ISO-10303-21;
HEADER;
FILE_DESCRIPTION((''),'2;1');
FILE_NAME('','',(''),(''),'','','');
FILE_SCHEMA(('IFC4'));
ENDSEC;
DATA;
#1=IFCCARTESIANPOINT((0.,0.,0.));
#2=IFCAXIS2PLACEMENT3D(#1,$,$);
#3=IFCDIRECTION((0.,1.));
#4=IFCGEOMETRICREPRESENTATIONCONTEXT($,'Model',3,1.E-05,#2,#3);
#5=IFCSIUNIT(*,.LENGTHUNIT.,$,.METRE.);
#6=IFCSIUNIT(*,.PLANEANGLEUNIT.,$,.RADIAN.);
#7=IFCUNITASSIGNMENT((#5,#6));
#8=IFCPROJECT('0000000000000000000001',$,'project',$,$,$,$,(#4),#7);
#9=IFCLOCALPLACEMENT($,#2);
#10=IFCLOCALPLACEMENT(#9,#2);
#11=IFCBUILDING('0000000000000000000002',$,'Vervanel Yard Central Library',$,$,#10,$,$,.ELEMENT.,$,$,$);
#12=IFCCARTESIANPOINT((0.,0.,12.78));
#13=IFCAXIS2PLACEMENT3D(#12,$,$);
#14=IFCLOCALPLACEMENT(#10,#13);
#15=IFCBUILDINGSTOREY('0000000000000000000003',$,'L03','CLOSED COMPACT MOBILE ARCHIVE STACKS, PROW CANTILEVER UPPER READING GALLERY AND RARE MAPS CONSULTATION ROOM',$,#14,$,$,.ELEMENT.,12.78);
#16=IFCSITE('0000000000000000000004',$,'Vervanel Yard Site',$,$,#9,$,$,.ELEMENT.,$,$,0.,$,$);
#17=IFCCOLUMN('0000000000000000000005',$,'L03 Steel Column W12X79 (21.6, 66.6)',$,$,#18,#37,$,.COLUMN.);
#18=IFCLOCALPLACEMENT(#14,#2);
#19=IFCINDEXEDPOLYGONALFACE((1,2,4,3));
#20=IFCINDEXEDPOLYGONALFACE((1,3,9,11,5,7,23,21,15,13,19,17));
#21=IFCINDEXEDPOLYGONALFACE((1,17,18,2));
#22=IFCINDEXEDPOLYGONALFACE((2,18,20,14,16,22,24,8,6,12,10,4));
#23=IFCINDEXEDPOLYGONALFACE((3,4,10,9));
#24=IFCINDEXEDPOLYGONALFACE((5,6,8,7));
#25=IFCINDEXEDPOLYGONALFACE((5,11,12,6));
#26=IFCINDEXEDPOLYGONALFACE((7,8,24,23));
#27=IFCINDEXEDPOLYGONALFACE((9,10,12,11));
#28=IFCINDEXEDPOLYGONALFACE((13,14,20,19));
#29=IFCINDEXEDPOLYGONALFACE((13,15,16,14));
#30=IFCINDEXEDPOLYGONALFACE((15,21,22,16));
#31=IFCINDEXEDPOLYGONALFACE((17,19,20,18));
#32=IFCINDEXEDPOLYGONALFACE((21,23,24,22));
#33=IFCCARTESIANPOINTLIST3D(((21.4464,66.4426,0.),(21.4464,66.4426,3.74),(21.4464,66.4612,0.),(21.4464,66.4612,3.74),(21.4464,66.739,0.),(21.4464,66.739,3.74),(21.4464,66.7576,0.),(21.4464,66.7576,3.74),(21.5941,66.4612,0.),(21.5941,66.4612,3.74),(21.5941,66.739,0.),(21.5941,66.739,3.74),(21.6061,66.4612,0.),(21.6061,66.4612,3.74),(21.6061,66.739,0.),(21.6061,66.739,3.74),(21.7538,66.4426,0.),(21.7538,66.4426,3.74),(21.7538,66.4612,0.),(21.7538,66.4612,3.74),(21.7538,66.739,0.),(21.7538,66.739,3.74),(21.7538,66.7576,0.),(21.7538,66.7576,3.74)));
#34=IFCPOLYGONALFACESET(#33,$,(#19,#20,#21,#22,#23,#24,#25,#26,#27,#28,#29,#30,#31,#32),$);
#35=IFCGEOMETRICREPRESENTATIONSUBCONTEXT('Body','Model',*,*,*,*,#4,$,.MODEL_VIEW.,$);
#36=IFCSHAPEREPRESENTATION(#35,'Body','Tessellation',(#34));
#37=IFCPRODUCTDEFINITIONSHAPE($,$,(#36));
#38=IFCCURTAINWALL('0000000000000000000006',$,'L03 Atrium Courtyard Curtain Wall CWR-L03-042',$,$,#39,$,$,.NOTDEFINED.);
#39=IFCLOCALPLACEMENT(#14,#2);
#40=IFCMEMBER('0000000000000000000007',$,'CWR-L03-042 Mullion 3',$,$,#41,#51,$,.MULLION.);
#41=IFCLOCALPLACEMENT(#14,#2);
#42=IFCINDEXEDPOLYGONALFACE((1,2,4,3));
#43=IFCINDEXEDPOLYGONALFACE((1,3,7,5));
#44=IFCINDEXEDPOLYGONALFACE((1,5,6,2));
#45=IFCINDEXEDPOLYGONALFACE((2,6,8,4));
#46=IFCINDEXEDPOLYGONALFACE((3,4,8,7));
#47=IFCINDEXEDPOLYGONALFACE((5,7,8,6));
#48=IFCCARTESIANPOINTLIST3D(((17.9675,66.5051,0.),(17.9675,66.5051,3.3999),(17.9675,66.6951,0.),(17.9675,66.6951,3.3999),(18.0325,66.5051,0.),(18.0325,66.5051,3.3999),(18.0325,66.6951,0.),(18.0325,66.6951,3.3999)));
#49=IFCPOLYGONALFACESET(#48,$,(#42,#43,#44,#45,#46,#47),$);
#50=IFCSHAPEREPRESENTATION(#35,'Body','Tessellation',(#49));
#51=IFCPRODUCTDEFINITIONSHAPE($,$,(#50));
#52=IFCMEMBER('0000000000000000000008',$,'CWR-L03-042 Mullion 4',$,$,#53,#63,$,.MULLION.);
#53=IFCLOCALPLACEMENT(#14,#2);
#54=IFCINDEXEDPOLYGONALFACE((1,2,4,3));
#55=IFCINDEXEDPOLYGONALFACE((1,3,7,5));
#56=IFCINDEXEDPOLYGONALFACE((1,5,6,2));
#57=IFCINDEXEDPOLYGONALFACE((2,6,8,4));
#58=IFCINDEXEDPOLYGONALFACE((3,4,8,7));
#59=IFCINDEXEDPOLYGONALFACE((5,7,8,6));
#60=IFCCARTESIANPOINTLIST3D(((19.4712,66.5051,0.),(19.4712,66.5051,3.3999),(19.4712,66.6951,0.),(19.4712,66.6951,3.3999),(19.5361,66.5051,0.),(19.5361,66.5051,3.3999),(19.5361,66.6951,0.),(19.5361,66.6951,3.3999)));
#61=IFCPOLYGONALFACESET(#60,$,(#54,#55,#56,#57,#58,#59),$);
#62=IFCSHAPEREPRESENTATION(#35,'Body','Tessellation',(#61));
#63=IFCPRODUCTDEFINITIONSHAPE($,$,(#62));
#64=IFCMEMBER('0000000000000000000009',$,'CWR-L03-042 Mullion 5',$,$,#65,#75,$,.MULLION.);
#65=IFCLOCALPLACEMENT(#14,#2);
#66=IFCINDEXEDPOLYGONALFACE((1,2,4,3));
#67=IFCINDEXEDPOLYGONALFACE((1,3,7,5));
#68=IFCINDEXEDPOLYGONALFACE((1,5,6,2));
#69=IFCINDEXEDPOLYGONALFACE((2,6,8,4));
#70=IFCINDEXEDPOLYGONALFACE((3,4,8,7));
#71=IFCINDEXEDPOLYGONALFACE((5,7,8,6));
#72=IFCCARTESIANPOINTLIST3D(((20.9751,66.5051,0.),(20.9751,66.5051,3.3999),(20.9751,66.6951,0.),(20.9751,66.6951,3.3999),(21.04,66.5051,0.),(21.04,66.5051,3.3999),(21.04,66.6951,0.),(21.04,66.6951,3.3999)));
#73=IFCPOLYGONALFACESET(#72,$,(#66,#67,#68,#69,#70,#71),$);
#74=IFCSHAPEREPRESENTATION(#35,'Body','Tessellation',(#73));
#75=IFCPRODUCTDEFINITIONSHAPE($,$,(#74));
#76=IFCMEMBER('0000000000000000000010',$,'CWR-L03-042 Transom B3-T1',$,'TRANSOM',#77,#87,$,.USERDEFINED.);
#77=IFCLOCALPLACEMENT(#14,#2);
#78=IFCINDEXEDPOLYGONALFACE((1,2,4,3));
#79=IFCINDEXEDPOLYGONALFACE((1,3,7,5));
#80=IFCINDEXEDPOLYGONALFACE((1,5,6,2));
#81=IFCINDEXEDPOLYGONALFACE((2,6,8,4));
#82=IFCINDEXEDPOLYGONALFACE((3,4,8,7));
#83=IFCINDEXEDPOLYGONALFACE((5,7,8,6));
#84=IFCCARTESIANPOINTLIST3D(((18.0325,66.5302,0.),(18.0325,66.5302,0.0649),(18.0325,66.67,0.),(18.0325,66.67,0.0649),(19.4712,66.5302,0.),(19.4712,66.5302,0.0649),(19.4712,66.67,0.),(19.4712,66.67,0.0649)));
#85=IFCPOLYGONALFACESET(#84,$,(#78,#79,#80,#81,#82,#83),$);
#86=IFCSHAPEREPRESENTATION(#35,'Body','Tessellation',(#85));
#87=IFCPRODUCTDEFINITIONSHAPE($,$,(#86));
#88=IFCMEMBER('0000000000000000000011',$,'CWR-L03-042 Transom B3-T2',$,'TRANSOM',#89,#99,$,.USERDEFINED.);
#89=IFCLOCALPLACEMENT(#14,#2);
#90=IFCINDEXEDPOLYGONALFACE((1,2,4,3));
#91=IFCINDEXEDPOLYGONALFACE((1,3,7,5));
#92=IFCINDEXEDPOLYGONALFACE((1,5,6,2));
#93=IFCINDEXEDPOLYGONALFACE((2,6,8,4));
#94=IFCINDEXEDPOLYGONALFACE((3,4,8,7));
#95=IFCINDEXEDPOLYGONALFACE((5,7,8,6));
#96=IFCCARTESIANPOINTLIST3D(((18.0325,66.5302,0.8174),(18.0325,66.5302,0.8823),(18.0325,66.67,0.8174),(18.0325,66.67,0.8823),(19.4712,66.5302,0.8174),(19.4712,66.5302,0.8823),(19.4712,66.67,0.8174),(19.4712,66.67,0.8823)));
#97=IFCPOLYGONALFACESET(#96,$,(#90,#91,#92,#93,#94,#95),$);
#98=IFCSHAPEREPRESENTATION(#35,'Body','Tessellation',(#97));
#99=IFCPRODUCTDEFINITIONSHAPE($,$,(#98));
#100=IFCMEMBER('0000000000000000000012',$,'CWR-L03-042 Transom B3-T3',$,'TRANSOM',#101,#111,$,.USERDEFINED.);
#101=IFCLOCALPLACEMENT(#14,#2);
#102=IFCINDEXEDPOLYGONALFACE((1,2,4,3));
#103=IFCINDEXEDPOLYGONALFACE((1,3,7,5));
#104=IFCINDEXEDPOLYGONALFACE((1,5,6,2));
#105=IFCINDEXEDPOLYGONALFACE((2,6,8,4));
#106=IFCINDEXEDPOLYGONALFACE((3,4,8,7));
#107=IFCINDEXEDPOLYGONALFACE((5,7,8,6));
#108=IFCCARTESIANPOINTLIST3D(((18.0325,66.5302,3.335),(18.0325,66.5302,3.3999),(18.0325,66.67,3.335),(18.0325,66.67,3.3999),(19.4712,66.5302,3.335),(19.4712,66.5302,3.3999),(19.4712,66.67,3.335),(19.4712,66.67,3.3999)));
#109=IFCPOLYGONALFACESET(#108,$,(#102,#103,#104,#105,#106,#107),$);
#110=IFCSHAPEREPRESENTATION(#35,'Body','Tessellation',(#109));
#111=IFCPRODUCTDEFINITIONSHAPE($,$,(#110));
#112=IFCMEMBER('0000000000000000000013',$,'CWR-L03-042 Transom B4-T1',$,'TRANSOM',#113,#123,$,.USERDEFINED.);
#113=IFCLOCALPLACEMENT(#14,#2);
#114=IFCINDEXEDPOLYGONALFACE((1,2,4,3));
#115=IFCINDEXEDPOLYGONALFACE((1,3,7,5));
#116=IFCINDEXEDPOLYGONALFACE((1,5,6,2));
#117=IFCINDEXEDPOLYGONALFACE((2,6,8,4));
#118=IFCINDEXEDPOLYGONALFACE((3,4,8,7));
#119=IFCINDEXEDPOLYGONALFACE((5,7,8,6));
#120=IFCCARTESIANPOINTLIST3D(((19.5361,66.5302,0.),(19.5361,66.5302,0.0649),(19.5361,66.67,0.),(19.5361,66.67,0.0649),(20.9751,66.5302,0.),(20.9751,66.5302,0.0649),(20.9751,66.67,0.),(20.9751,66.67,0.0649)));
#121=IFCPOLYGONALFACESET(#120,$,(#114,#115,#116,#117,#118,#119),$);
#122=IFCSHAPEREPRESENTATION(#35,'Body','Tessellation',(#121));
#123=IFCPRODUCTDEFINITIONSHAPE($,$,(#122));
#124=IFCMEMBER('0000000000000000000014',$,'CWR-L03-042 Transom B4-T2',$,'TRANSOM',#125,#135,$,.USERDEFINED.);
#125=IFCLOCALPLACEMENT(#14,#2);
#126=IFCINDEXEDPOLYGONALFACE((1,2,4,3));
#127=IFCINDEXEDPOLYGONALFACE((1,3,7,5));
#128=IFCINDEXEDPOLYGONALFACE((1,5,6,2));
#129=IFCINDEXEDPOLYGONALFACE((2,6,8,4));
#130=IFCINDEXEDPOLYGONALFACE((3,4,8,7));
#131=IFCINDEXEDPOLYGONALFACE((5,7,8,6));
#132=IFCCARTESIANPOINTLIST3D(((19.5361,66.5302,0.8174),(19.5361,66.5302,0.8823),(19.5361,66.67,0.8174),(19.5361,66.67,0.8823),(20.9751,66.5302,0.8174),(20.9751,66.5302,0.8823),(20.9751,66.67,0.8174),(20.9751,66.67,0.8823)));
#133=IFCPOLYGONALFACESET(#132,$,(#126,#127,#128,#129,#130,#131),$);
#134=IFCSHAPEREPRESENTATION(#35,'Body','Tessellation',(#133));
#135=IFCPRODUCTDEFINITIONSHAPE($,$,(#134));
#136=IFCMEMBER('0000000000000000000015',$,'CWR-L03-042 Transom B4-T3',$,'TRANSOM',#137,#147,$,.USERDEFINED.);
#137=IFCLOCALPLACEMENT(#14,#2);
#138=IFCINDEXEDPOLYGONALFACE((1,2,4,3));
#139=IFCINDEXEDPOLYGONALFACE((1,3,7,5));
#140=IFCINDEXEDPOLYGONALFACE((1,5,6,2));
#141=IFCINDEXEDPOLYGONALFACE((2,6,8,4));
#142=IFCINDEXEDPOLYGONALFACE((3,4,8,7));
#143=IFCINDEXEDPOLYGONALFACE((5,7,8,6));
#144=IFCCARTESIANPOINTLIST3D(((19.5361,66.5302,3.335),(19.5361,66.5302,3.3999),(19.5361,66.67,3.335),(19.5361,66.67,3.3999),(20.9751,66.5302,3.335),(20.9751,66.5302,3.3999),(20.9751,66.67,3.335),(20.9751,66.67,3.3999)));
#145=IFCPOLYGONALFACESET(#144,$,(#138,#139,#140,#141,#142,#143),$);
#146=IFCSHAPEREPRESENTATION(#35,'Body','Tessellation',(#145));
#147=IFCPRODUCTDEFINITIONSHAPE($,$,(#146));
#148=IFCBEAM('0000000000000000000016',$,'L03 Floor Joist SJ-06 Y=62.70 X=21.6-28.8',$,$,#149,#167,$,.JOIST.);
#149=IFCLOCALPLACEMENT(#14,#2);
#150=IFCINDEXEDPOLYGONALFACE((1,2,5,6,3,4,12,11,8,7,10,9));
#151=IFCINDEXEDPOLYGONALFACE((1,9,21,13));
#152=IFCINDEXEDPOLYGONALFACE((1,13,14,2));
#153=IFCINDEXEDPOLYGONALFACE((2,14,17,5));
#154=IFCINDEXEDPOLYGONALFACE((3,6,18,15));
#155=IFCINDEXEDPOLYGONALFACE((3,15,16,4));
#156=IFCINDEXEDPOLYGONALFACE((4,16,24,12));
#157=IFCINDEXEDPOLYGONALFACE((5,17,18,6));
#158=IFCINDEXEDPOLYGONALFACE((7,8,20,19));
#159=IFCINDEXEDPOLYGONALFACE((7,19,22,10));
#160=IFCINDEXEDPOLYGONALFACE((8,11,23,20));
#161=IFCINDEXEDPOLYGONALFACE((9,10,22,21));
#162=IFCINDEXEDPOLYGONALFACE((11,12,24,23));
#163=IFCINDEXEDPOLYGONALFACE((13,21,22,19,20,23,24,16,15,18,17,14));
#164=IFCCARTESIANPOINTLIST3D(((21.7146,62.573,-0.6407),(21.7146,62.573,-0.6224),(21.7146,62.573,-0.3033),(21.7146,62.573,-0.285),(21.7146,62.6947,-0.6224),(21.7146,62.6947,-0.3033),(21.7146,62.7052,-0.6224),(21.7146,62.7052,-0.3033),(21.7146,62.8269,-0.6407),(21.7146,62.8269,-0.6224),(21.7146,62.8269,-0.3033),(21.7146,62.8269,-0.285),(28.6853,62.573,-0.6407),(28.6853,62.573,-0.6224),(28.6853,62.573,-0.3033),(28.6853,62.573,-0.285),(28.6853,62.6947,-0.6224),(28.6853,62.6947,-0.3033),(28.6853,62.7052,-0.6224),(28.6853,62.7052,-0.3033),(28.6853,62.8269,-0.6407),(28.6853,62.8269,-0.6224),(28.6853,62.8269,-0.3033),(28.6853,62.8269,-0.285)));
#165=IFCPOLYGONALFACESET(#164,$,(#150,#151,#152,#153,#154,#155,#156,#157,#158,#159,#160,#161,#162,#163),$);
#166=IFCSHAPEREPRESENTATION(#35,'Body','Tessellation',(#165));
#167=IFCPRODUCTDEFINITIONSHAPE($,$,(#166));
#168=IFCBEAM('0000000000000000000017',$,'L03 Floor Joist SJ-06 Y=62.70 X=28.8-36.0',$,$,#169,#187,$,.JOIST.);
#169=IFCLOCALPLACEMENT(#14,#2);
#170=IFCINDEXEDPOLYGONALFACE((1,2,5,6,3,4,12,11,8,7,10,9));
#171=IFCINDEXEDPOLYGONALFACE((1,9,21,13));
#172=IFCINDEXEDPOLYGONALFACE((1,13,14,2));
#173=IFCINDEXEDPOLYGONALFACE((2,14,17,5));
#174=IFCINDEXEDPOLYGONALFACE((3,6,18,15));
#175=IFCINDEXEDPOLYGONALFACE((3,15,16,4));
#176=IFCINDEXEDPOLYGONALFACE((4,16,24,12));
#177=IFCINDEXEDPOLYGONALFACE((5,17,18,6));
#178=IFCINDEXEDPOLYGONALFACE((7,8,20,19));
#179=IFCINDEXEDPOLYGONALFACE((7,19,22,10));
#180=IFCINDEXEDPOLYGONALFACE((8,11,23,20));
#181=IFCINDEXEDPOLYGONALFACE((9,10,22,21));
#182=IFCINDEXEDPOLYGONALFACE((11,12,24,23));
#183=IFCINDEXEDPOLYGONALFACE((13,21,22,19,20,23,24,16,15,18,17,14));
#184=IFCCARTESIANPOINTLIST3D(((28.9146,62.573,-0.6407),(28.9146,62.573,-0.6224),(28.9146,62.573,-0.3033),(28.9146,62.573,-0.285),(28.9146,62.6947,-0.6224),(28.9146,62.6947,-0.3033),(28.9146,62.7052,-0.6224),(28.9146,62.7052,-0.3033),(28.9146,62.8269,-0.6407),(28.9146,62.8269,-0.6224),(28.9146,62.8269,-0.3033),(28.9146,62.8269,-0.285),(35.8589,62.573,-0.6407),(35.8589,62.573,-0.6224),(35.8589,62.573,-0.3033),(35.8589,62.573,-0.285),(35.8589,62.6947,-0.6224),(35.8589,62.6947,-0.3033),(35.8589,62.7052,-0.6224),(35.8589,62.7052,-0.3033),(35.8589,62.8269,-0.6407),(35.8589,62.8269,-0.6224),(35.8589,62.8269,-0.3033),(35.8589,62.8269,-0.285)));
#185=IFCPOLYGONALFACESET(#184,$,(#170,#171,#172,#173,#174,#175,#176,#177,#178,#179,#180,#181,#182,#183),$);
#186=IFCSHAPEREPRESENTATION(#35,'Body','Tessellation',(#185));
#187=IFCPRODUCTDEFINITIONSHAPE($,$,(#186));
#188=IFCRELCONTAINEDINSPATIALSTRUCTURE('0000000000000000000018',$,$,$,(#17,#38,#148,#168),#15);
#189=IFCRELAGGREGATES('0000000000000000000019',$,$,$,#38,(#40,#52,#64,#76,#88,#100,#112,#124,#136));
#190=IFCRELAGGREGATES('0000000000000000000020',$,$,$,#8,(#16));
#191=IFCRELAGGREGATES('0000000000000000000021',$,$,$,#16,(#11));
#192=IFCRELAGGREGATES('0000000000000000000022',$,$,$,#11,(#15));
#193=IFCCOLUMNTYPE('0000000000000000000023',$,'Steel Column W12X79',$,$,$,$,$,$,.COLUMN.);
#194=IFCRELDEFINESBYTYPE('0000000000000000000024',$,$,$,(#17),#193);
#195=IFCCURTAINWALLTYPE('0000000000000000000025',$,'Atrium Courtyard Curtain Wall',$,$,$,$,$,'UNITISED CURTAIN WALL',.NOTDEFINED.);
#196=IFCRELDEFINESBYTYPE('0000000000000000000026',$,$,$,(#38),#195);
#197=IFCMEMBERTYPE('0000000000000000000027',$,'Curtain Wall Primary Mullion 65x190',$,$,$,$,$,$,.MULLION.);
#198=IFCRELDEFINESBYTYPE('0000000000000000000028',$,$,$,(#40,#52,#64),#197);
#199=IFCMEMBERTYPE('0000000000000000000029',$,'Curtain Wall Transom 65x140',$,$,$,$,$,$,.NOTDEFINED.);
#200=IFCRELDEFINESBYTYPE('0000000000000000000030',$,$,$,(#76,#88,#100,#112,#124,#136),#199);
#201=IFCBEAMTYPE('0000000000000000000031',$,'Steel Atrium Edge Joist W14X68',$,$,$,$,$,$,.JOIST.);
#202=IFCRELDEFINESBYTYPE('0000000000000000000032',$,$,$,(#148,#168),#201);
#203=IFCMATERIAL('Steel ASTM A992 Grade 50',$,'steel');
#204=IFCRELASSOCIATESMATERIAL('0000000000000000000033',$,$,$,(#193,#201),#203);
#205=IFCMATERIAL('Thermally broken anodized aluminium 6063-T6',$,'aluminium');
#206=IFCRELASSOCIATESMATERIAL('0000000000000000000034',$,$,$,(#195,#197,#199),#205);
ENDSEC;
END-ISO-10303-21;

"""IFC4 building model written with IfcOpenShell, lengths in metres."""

from ifc_helpers import new_model, si_unit, direction, frame, origin, origin_2d, place, context, subcontext, project, spatial, rectangle, i_section, extrude, material, material_profile, profile_set, type_object, element, aggregate, save


model = new_model("IFC4")

# Units and contexts
model_context = context("Model", 3, precision=1e-05, world=origin(), true_north=direction((0.0, 1.0)))
body_context = subcontext(model_context, "Body", "Model", "MODEL_VIEW")
ifc_project = project(units=[si_unit("LENGTHUNIT", "METRE"), si_unit("PLANEANGLEUNIT", "RADIAN")], contexts=[model_context])

# Site, building, storey
site_placement = place(None, origin())
site = spatial("IfcSite", under=ifc_project, at=site_placement, Name="Vervanel Yard Site", CompositionType="ELEMENT", RefElevation=0.0)
building_placement = place(site_placement, origin())
building = spatial("IfcBuilding", under=site, at=building_placement, Name="Vervanel Yard Central Library", CompositionType="ELEMENT")
storey_placement = place(building_placement, frame((0.0, 0.0, 12.78)))
storey = spatial("IfcBuildingStorey", under=building, at=storey_placement, Name="L03", Description="CLOSED COMPACT MOBILE ARCHIVE STACKS, PROW CANTILEVER UPPER READING GALLERY AND RARE MAPS CONSULTATION ROOM", CompositionType="ELEMENT", Elevation=12.78)

# Column
ifc_material_1 = material(Name="Steel ASTM A992 Grade 50", Category="steel")
ifc_material_profile_1 = material_profile(ifc_material_1, i_section(OverallWidth=0.3074, OverallDepth=0.3149, WebThickness=0.012, FlangeThickness=0.0186, at=origin_2d()), Name="W12X79", Category="steel")
ifc_profile_set_1 = profile_set([ifc_material_profile_1], Name="Steel ASTM A992 Grade 50")
column_type = type_object("IfcColumnType", Name="Steel Column W12X79", PredefinedType="COLUMN", material=ifc_profile_set_1)
column_placement = place(storey_placement, frame((21.6001, 66.6001, 0.0), z_axis=(0.0, 0.0, 1.0), x_axis=(1.0, 0.0, 0.0)))
element("IfcColumn", 1, at=column_placement, inside=storey, type_object=column_type, Name="L03 Steel Column W12X79 (21.6, 66.6)", PredefinedType="COLUMN", context=body_context, shape_type="SweptSolid", body=[
    extrude(i_section(OverallWidth=0.3074, OverallDepth=0.3149, WebThickness=0.012, FlangeThickness=0.0186, at=origin_2d()), origin(), (0.0, 0.0, 1.0), 3.74),
])

# Curtain wall, members
ifc_material_2 = material(Name="Thermally broken anodized aluminium 6063-T6", Category="aluminium")
curtain_wall_type = type_object("IfcCurtainWallType", Name="Atrium Courtyard Curtain Wall", ElementType="UNITISED CURTAIN WALL", PredefinedType="NOTDEFINED", material=ifc_material_2)
curtain_wall_placement = place(storey_placement, origin())
curtain_wall = element("IfcCurtainWall", 2, at=curtain_wall_placement, inside=storey, type_object=curtain_wall_type, Name="L03 Atrium Courtyard Curtain Wall CWR-L03-042", PredefinedType="NOTDEFINED")
ifc_material_profile_2 = material_profile(ifc_material_2, rectangle(XDim=0.0649, YDim=0.1899, at=origin_2d()), Name="ALU 65x190", Category="aluminium")
ifc_profile_set_2 = profile_set([ifc_material_profile_2], Name="Thermally broken anodized aluminium 6063-T6")
member_type_1 = type_object("IfcMemberType", Name="Curtain Wall Primary Mullion 65x190", PredefinedType="MULLION", material=ifc_profile_set_2)
member_1_placement = place(storey_placement, frame((18.0, 66.6001, 0.0), z_axis=(0.0, 0.0, 1.0), x_axis=(1.0, 0.0, 0.0)))
member_1 = element("IfcMember", 3, at=member_1_placement, type_object=member_type_1, Name="CWR-L03-042 Mullion 3", PredefinedType="MULLION", context=body_context, shape_type="SweptSolid", body=[
    extrude(rectangle(XDim=0.0649, YDim=0.1899, at=origin_2d()), origin(), (0.0, 0.0, 1.0), 3.3999),
])
member_2_placement = place(storey_placement, frame((19.5037, 66.6001, 0.0), z_axis=(0.0, 0.0, 1.0), x_axis=(1.0, 0.0, 0.0)))
member_2 = element("IfcMember", 4, at=member_2_placement, type_object=member_type_1, Name="CWR-L03-042 Mullion 4", PredefinedType="MULLION", context=body_context, shape_type="SweptSolid", body=[
    extrude(rectangle(XDim=0.0649, YDim=0.1899, at=origin_2d()), origin(), (0.0, 0.0, 1.0), 3.3999),
])
member_3_placement = place(storey_placement, frame((21.0076, 66.6001, 0.0), z_axis=(0.0, 0.0, 1.0), x_axis=(1.0, 0.0, 0.0)))
member_3 = element("IfcMember", 5, at=member_3_placement, type_object=member_type_1, Name="CWR-L03-042 Mullion 5", PredefinedType="MULLION", context=body_context, shape_type="SweptSolid", body=[
    extrude(rectangle(XDim=0.0649, YDim=0.1899, at=origin_2d()), origin(), (0.0, 0.0, 1.0), 3.3999),
])
ifc_material_profile_3 = material_profile(ifc_material_2, rectangle(XDim=0.0649, YDim=0.1399, at=origin_2d()), Name="ALU 65x140", Category="aluminium")
ifc_profile_set_3 = profile_set([ifc_material_profile_3], Name="Thermally broken anodized aluminium 6063-T6")
member_type_2 = type_object("IfcMemberType", Name="Curtain Wall Transom 65x140", PredefinedType="NOTDEFINED", material=ifc_profile_set_3)
member_4_placement = place(storey_placement, frame((18.0325, 66.6001, 0.0325), z_axis=(1.0, 0.0, 0.0), x_axis=(0.0, 0.0, 1.0)))
member_4 = element("IfcMember", 6, at=member_4_placement, type_object=member_type_2, Name="CWR-L03-042 Transom B3-T1", ObjectType="TRANSOM", PredefinedType="USERDEFINED", context=body_context, shape_type="SweptSolid", body=[
    extrude(rectangle(XDim=0.0649, YDim=0.1399, at=origin_2d()), origin(), (0.0, 0.0, 1.0), 1.4387),
])
member_5_placement = place(storey_placement, frame((18.0325, 66.6001, 0.8499), z_axis=(1.0, 0.0, 0.0), x_axis=(0.0, 0.0, 1.0)))
member_5 = element("IfcMember", 7, at=member_5_placement, type_object=member_type_2, Name="CWR-L03-042 Transom B3-T2", ObjectType="TRANSOM", PredefinedType="USERDEFINED", context=body_context, shape_type="SweptSolid", body=[
    extrude(rectangle(XDim=0.0649, YDim=0.1399, at=origin_2d()), origin(), (0.0, 0.0, 1.0), 1.4387),
])
member_6_placement = place(storey_placement, frame((18.0325, 66.6001, 3.3674), z_axis=(1.0, 0.0, 0.0), x_axis=(0.0, 0.0, 1.0)))
member_6 = element("IfcMember", 8, at=member_6_placement, type_object=member_type_2, Name="CWR-L03-042 Transom B3-T3", ObjectType="TRANSOM", PredefinedType="USERDEFINED", context=body_context, shape_type="SweptSolid", body=[
    extrude(rectangle(XDim=0.0649, YDim=0.1399, at=origin_2d()), origin(), (0.0, 0.0, 1.0), 1.4387),
])
member_7_placement = place(storey_placement, frame((19.5361, 66.6001, 0.0325), z_axis=(1.0, 0.0, 0.0), x_axis=(0.0, 0.0, 1.0)))
member_7 = element("IfcMember", 9, at=member_7_placement, type_object=member_type_2, Name="CWR-L03-042 Transom B4-T1", ObjectType="TRANSOM", PredefinedType="USERDEFINED", context=body_context, shape_type="SweptSolid", body=[
    extrude(rectangle(XDim=0.0649, YDim=0.1399, at=origin_2d()), origin(), (0.0, 0.0, 1.0), 1.439),
])
member_8_placement = place(storey_placement, frame((19.5361, 66.6001, 0.8499), z_axis=(1.0, 0.0, 0.0), x_axis=(0.0, 0.0, 1.0)))
member_8 = element("IfcMember", 10, at=member_8_placement, type_object=member_type_2, Name="CWR-L03-042 Transom B4-T2", ObjectType="TRANSOM", PredefinedType="USERDEFINED", context=body_context, shape_type="SweptSolid", body=[
    extrude(rectangle(XDim=0.0649, YDim=0.1399, at=origin_2d()), origin(), (0.0, 0.0, 1.0), 1.439),
])
member_9_placement = place(storey_placement, frame((19.5361, 66.6001, 3.3674), z_axis=(1.0, 0.0, 0.0), x_axis=(0.0, 0.0, 1.0)))
member_9 = element("IfcMember", 11, at=member_9_placement, type_object=member_type_2, Name="CWR-L03-042 Transom B4-T3", ObjectType="TRANSOM", PredefinedType="USERDEFINED", context=body_context, shape_type="SweptSolid", body=[
    extrude(rectangle(XDim=0.0649, YDim=0.1399, at=origin_2d()), origin(), (0.0, 0.0, 1.0), 1.439),
])

# Beams
ifc_material_profile_4 = material_profile(ifc_material_1, i_section(OverallWidth=0.2539, OverallDepth=0.3557, WebThickness=0.0105, FlangeThickness=0.0183, at=origin_2d()), Name="W14X68", Category="steel")
ifc_profile_set_4 = profile_set([ifc_material_profile_4], Name="Steel ASTM A992 Grade 50")
beam_type = type_object("IfcBeamType", Name="Steel Atrium Edge Joist W14X68", PredefinedType="JOIST", material=ifc_profile_set_4)
beam_1_placement = place(storey_placement, frame((21.7146, 62.7, -0.4629), z_axis=(1.0, 0.0, 0.0), x_axis=(0.0, 1.0, 0.0)))
element("IfcBeam", 12, at=beam_1_placement, inside=storey, type_object=beam_type, Name="L03 Floor Joist SJ-06 Y=62.70 X=21.6-28.8", PredefinedType="JOIST", context=body_context, shape_type="SweptSolid", body=[
    extrude(i_section(OverallWidth=0.2539, OverallDepth=0.3557, WebThickness=0.0105, FlangeThickness=0.0183, at=origin_2d()), origin(), (0.0, 0.0, 1.0), 6.9707),
])
beam_2_placement = place(storey_placement, frame((28.9146, 62.7, -0.4629), z_axis=(1.0, 0.0, 0.0), x_axis=(0.0, 1.0, 0.0)))
element("IfcBeam", 13, at=beam_2_placement, inside=storey, type_object=beam_type, Name="L03 Floor Joist SJ-06 Y=62.70 X=28.8-36.0", PredefinedType="JOIST", context=body_context, shape_type="SweptSolid", body=[
    extrude(i_section(OverallWidth=0.2539, OverallDepth=0.3557, WebThickness=0.0105, FlangeThickness=0.0183, at=origin_2d()), origin(), (0.0, 0.0, 1.0), 6.9443),
])

aggregate(curtain_wall, [member_1, member_2, member_3, member_4, member_5, member_6, member_7, member_8, member_9])

save(model, "model.ifc")
